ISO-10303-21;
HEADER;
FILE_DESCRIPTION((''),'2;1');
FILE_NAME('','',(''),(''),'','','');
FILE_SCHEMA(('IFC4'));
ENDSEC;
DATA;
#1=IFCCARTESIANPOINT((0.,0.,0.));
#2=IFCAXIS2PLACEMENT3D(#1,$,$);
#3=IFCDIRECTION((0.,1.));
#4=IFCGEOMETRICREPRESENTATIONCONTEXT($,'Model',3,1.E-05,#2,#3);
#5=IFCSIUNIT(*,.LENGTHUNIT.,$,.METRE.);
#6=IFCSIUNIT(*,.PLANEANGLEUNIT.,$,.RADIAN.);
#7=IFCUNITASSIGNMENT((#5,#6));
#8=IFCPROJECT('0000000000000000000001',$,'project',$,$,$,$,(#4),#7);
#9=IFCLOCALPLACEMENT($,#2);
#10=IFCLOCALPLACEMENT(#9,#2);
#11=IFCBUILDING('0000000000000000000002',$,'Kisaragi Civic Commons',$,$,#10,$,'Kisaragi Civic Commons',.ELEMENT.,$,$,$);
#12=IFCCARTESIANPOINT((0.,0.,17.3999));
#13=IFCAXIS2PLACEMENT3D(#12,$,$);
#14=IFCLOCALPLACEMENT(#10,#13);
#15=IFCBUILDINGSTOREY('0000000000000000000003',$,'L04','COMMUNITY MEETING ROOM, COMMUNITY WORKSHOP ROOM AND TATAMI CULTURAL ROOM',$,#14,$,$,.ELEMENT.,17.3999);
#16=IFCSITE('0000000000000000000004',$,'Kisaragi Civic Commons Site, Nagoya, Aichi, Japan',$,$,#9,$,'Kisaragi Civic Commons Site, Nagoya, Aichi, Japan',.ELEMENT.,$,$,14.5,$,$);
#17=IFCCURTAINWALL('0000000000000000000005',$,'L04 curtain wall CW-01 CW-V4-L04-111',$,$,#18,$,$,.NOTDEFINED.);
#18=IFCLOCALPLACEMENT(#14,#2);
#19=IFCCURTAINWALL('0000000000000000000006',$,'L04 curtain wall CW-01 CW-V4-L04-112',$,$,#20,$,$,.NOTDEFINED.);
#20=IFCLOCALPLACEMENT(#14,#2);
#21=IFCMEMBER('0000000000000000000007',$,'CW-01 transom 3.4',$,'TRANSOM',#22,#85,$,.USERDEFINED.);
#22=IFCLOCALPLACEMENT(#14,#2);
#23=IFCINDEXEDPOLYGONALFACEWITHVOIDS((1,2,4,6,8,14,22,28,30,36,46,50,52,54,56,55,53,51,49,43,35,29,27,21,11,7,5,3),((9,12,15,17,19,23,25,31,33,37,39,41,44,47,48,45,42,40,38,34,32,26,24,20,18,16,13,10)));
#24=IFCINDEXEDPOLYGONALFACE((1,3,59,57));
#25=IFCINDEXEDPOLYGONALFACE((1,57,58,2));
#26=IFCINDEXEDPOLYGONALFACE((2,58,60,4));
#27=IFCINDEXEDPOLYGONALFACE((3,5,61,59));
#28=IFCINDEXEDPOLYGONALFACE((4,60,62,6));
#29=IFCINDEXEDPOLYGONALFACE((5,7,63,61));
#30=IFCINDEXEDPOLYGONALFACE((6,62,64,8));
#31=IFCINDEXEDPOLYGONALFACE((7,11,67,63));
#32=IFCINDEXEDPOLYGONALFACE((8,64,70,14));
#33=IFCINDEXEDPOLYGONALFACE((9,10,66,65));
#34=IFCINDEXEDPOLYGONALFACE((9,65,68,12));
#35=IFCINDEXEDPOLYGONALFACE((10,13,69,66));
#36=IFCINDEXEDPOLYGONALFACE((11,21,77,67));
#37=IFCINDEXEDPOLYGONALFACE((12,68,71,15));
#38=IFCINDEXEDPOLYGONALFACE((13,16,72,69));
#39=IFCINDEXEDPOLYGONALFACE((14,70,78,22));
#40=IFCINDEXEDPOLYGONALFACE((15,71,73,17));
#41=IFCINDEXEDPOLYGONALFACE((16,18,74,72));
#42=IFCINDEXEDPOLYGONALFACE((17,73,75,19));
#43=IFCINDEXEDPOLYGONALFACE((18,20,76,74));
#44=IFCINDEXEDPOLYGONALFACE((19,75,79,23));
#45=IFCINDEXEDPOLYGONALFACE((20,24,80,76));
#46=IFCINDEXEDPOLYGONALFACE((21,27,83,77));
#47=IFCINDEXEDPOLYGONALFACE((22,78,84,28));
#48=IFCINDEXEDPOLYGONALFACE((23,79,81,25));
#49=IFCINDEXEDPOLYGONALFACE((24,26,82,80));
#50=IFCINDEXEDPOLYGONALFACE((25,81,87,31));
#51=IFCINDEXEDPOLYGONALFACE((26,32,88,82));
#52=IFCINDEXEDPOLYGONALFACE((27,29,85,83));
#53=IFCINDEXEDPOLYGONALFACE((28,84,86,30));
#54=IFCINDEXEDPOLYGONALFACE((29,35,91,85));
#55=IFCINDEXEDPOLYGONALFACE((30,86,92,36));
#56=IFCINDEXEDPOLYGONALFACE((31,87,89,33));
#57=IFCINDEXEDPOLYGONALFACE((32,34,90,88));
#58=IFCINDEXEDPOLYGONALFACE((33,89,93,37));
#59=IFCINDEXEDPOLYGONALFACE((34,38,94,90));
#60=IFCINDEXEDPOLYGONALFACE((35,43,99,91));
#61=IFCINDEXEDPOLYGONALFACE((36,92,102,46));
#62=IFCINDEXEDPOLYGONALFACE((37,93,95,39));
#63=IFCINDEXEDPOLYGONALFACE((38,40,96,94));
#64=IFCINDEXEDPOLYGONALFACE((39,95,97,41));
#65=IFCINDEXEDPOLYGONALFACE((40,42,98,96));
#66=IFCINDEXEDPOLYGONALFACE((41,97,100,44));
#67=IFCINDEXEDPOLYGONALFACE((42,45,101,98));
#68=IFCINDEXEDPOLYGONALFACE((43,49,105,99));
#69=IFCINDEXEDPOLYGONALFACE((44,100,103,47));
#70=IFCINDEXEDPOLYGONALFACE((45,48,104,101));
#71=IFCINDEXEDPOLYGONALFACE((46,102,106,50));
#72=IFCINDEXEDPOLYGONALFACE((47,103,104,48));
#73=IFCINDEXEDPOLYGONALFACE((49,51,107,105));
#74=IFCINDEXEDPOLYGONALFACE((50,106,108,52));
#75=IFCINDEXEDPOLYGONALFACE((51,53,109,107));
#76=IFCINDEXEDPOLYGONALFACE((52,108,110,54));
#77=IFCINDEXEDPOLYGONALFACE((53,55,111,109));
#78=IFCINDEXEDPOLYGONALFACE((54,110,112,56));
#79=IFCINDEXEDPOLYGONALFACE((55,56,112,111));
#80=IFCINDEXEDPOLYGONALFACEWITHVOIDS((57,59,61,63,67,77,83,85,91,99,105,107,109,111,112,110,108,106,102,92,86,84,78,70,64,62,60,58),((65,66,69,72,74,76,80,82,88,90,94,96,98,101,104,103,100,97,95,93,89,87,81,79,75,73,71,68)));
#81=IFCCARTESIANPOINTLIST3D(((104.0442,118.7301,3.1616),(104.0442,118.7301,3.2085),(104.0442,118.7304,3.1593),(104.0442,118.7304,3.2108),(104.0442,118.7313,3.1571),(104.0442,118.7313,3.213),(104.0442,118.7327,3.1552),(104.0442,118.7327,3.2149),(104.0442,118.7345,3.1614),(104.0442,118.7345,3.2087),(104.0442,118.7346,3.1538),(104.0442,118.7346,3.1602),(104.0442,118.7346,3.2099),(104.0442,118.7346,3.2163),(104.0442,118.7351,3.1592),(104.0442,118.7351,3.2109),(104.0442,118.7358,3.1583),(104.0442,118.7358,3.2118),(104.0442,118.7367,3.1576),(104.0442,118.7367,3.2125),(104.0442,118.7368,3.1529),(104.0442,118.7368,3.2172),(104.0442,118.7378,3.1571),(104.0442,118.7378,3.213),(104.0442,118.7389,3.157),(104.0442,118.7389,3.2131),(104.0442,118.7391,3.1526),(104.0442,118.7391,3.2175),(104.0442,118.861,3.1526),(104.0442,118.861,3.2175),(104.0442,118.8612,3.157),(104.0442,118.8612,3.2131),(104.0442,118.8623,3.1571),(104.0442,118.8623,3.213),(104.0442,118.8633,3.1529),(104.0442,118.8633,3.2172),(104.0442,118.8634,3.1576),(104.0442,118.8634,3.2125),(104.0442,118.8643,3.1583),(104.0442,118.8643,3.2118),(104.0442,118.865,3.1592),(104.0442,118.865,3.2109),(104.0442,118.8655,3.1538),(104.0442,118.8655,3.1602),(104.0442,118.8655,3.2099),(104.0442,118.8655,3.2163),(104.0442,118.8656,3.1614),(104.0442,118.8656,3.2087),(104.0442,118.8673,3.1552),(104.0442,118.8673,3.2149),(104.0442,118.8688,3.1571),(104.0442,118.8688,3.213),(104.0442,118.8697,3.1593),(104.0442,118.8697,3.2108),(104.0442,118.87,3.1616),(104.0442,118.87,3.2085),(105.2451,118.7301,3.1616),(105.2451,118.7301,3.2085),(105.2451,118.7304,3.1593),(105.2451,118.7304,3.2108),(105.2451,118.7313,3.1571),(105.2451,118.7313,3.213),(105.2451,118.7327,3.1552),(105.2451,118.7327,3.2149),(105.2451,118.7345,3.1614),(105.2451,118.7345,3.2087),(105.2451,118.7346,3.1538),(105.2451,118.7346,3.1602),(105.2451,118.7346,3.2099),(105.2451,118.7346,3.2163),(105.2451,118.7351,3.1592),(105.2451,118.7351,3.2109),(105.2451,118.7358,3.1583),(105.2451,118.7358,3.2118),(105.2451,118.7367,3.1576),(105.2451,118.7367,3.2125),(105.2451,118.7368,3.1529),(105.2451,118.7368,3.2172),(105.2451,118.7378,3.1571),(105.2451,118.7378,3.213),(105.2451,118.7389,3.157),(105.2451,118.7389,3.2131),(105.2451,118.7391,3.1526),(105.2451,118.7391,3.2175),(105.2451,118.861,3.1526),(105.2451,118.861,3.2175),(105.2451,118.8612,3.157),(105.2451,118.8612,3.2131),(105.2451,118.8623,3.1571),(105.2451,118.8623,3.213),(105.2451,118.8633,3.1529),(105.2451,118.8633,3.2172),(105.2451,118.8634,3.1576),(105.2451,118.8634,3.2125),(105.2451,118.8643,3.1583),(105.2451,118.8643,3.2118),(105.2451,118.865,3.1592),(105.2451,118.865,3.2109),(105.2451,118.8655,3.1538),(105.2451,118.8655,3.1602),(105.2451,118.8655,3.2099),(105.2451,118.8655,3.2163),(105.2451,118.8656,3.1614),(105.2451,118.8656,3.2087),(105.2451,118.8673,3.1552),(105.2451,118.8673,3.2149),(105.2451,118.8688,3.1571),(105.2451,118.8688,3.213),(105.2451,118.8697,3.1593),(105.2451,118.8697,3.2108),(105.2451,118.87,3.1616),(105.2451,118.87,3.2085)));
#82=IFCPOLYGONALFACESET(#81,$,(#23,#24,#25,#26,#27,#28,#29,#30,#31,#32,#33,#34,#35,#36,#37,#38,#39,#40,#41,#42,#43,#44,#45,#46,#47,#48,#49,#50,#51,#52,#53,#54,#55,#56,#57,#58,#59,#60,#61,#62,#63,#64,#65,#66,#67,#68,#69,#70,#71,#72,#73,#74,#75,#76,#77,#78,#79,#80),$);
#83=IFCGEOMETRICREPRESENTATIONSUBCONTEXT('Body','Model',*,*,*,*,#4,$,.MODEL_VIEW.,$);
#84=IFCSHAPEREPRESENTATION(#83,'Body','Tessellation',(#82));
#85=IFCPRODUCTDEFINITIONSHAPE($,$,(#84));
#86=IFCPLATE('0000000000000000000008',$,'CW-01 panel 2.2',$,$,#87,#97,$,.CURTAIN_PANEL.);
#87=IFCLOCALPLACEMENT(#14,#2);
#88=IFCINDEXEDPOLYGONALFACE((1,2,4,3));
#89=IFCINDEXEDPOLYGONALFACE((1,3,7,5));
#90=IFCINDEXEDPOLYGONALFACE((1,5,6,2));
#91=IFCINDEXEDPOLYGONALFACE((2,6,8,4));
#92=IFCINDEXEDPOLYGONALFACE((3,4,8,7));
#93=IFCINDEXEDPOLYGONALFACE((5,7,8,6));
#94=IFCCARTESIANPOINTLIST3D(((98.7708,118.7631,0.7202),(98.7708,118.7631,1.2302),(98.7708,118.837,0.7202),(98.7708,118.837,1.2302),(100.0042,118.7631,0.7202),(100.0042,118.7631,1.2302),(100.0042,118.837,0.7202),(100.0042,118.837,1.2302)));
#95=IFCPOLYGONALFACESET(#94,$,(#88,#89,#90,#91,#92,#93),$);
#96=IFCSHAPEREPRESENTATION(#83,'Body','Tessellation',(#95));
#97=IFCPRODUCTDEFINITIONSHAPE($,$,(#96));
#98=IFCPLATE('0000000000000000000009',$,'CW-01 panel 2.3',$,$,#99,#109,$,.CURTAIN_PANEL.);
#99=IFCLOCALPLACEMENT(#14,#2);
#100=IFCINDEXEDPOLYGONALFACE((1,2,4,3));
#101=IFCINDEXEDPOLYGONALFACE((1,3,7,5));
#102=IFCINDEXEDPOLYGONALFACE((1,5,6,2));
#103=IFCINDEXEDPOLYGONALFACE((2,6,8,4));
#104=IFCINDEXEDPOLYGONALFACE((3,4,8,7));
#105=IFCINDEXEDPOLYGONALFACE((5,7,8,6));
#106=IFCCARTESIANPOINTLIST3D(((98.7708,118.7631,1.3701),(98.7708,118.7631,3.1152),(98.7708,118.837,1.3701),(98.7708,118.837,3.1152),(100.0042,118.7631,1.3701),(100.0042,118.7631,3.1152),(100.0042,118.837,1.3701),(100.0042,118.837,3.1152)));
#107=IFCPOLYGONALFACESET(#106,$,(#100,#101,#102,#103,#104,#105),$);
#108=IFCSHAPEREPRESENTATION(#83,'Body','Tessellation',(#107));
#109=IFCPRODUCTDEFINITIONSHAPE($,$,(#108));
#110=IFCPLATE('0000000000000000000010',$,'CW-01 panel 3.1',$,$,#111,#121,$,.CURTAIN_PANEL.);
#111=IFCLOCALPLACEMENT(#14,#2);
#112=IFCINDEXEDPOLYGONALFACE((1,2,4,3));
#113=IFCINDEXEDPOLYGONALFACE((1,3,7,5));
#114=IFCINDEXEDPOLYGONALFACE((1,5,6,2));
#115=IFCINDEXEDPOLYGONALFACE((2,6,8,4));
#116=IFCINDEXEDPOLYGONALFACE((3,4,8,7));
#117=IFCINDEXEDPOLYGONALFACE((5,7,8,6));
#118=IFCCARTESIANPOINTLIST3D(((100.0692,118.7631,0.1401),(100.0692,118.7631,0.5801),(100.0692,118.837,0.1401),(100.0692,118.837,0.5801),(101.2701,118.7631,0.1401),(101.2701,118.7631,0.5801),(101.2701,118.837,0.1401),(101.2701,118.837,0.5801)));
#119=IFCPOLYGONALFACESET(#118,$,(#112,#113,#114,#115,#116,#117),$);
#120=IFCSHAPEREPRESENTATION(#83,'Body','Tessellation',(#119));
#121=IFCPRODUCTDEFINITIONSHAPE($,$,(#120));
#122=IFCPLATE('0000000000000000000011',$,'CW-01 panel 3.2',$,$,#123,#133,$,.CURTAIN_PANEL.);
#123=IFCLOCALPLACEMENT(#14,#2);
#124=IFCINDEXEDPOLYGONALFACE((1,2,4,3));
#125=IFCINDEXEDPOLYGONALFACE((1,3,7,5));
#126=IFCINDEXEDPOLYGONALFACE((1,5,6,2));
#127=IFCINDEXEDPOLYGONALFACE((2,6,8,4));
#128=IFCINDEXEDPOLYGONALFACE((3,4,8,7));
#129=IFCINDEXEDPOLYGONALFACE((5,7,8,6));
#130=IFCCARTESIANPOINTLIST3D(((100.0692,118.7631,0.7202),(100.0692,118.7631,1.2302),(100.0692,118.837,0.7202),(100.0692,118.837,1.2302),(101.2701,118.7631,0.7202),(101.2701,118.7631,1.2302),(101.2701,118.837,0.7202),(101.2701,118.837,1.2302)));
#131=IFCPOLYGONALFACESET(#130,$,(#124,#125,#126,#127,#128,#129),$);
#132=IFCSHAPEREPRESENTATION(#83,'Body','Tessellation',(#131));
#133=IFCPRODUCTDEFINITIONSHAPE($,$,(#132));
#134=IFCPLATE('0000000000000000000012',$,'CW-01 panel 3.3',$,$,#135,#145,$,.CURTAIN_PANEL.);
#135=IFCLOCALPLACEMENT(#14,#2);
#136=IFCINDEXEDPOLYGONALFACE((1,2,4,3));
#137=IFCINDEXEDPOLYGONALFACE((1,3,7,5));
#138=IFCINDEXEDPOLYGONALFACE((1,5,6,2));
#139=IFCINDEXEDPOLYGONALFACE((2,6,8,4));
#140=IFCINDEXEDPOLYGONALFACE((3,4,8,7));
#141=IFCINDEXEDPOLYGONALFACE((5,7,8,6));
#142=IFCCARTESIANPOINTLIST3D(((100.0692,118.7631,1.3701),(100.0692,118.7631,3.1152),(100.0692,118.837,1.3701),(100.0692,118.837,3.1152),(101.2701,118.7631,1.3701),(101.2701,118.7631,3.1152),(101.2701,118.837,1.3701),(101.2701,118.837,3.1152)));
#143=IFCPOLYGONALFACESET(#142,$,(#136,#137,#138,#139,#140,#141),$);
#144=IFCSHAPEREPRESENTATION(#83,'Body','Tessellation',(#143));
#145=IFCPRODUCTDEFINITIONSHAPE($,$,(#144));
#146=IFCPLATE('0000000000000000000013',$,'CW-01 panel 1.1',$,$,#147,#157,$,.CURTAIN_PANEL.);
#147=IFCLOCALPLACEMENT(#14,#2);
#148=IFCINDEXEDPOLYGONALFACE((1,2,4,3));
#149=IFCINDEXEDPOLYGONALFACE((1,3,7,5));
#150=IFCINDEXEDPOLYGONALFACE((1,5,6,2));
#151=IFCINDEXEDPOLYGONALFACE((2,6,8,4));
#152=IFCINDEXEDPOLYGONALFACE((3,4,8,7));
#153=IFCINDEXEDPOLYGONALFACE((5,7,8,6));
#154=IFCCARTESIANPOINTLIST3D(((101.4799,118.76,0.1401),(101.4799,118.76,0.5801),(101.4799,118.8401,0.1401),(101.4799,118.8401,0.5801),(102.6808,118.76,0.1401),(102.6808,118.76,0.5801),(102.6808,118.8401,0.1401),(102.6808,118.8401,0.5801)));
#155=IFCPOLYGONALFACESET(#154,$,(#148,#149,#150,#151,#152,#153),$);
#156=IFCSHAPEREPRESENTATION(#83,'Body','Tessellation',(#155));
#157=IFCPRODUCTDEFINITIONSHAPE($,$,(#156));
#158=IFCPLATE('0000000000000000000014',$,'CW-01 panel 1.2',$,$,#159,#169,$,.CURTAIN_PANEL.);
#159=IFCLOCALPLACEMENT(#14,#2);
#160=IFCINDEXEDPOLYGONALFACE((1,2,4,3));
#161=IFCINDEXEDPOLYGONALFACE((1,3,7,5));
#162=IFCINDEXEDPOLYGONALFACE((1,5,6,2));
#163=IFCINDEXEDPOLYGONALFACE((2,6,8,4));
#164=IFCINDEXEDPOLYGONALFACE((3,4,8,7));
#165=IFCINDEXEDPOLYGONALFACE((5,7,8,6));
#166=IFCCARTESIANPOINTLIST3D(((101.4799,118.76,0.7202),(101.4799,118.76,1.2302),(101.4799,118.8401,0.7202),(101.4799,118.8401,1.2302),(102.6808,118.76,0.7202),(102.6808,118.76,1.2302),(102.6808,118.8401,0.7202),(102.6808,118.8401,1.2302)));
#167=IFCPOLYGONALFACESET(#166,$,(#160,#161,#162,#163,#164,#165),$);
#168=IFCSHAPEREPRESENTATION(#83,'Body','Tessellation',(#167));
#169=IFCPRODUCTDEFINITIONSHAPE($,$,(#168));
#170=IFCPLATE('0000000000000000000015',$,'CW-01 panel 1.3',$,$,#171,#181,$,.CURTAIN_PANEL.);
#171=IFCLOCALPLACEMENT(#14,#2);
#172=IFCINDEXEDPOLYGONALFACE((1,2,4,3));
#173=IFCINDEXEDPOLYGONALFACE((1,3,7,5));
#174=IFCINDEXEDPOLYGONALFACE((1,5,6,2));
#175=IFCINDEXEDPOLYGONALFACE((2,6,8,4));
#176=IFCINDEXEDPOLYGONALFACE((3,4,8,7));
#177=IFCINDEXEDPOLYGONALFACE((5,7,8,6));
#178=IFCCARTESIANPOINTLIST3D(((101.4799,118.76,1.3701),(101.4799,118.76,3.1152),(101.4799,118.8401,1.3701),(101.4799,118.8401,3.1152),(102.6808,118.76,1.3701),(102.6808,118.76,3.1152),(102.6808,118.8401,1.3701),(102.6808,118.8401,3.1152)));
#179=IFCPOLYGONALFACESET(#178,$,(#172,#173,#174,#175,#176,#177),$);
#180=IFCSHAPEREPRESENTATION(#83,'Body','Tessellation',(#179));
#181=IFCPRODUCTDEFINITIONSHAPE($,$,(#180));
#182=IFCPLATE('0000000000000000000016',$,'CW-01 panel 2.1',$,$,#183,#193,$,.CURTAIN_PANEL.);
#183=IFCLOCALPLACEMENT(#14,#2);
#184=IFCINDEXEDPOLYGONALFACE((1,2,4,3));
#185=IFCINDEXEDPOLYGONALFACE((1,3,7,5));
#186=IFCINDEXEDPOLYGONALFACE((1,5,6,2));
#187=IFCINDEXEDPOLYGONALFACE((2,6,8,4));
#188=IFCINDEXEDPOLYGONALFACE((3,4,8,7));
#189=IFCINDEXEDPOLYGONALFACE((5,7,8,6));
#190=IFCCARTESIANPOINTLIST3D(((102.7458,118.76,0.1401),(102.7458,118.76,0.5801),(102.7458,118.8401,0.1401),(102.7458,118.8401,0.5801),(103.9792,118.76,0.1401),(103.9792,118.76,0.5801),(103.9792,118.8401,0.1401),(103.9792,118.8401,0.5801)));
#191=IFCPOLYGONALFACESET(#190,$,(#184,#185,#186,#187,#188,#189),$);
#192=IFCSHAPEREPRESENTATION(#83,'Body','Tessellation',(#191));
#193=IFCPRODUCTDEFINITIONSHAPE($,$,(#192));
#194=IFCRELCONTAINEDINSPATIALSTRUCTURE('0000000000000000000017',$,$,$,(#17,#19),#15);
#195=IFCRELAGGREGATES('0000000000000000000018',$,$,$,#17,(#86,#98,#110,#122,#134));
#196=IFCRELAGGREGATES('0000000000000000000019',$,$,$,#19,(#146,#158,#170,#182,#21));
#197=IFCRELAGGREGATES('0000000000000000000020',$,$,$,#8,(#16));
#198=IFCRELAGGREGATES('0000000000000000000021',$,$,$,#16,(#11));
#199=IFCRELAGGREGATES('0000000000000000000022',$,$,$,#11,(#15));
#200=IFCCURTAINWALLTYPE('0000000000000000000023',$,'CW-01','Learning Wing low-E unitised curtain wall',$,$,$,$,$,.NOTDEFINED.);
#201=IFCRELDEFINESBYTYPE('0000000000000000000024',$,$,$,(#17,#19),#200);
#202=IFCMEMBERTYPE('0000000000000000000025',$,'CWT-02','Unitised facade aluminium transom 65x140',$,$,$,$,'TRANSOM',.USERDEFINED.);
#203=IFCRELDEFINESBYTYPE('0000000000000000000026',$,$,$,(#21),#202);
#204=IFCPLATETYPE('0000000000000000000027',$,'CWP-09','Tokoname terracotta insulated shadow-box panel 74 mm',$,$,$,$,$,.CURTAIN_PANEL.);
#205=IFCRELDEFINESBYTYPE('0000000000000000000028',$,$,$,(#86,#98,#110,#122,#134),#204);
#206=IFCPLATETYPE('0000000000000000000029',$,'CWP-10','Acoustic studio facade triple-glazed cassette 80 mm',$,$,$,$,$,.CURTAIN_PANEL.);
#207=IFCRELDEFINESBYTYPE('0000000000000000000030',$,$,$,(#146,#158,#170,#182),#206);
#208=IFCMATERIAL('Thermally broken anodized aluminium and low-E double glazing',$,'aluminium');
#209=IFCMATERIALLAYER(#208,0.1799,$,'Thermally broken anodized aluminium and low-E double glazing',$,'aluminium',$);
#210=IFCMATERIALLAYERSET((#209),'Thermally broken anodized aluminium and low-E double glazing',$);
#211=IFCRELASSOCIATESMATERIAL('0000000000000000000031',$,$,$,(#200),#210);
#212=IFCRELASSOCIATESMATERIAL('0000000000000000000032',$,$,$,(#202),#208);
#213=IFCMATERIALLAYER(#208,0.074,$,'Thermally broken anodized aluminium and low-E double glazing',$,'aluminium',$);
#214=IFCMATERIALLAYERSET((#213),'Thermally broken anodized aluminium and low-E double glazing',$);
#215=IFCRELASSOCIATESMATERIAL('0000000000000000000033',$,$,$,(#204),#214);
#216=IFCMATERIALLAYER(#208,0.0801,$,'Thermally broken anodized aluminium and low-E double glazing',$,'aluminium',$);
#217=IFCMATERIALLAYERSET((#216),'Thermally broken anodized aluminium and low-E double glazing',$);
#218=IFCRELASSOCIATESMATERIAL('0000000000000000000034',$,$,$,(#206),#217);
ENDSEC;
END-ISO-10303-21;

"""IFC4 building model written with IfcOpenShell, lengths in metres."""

from ifc_helpers import new_model, si_unit, direction, frame, origin, origin_2d, place, context, subcontext, project, spatial, rectangle, hollow_rectangle, extrude, material, layer, layer_set, material_profile, profile_set, type_object, element, aggregate, save


model = new_model("IFC4")

# Units and contexts
model_context = context("Model", 3, precision=1e-05, world=origin(), true_north=direction((0.0, 1.0)))
body_context = subcontext(model_context, "Body", "Model", "MODEL_VIEW")
ifc_project = project(units=[si_unit("LENGTHUNIT", "METRE"), si_unit("PLANEANGLEUNIT", "RADIAN")], contexts=[model_context])

# Site, building, storey
site_placement = place(None, origin())
site = spatial("IfcSite", under=ifc_project, at=site_placement, Name="Kisaragi Civic Commons Site, Nagoya, Aichi, Japan", LongName="Kisaragi Civic Commons Site, Nagoya, Aichi, Japan", CompositionType="ELEMENT", RefElevation=14.5)
building_placement = place(site_placement, origin())
building = spatial("IfcBuilding", under=site, at=building_placement, Name="Kisaragi Civic Commons", LongName="Kisaragi Civic Commons", CompositionType="ELEMENT")
storey_placement = place(building_placement, frame((0.0, 0.0, 17.3999)))
storey = spatial("IfcBuildingStorey", under=building, at=storey_placement, Name="L04", Description="COMMUNITY MEETING ROOM, COMMUNITY WORKSHOP ROOM AND TATAMI CULTURAL ROOM", CompositionType="ELEMENT", Elevation=17.3999)

# Curtain walls
ifc_material_1 = material(Name="Thermally broken anodized aluminium and low-E double glazing", Category="aluminium")
ifc_layer_1 = layer(ifc_material_1, 0.1799, Name="Thermally broken anodized aluminium and low-E double glazing", Category="aluminium")
ifc_layer_set_1 = layer_set([ifc_layer_1], Name="Thermally broken anodized aluminium and low-E double glazing")
curtain_wall_type = type_object("IfcCurtainWallType", Name="CW-01", Description="Learning Wing low-E unitised curtain wall", PredefinedType="NOTDEFINED", material=ifc_layer_set_1)
curtain_wall_1_placement = place(storey_placement, origin())
curtain_wall_1 = element("IfcCurtainWall", 1, at=curtain_wall_1_placement, inside=storey, type_object=curtain_wall_type, Name="L04 curtain wall CW-01 CW-V4-L04-111", PredefinedType="NOTDEFINED")
curtain_wall_2_placement = place(storey_placement, origin())
curtain_wall_2 = element("IfcCurtainWall", 2, at=curtain_wall_2_placement, inside=storey, type_object=curtain_wall_type, Name="L04 curtain wall CW-01 CW-V4-L04-112", PredefinedType="NOTDEFINED")

# Member
ifc_material_profile_1 = material_profile(ifc_material_1, hollow_rectangle(XDim=0.1399, YDim=0.0649, WallThickness=0.0044, InnerFilletRadius=0.0044, OuterFilletRadius=0.009, at=origin_2d()), Name="CWT-65x140x4.5", Category="aluminium")
ifc_profile_set_1 = profile_set([ifc_material_profile_1], Name="Thermally broken anodized aluminium and low-E double glazing")
member_type_1 = type_object("IfcMemberType", Name="CWT-02", Description="Unitised facade aluminium transom 65x140", ElementType="TRANSOM", PredefinedType="USERDEFINED", material=ifc_profile_set_1)
member_1_placement = place(storey_placement, frame((104.0442, 118.8, 3.1851), z_axis=(1.0, 0.0, 0.0), x_axis=(0.0, 1.0, 0.0)))
member_1 = element("IfcMember", 3, at=member_1_placement, type_object=member_type_1, Name="CW-01 transom 3.4", ObjectType="TRANSOM", PredefinedType="USERDEFINED", context=body_context, shape_type="SweptSolid", body=[
    extrude(hollow_rectangle(XDim=0.1399, YDim=0.0649, WallThickness=0.0044, InnerFilletRadius=0.0044, OuterFilletRadius=0.009, at=origin_2d()), origin(), (0.0, 0.0, 1.0), 1.2009),
])

# Plates
ifc_layer_2 = layer(ifc_material_1, 0.074, Name="Thermally broken anodized aluminium and low-E double glazing", Category="aluminium")
ifc_layer_set_2 = layer_set([ifc_layer_2], Name="Thermally broken anodized aluminium and low-E double glazing")
plate_type_1 = type_object("IfcPlateType", Name="CWP-09", Description="Tokoname terracotta insulated shadow-box panel 74 mm", PredefinedType="CURTAIN_PANEL", material=ifc_layer_set_2)
plate_1_placement = place(storey_placement, frame((99.3875, 118.8, 0.7202), z_axis=(0.0, 0.0, 1.0), x_axis=(1.0, 0.0, 0.0)))
plate_1 = element("IfcPlate", 4, at=plate_1_placement, type_object=plate_type_1, Name="CW-01 panel 2.2", PredefinedType="CURTAIN_PANEL", context=body_context, shape_type="SweptSolid", body=[
    extrude(rectangle(XDim=1.2334, YDim=0.074, at=origin_2d()), origin(), (0.0, 0.0, 1.0), 0.51),
])
plate_2_placement = place(storey_placement, frame((99.3875, 118.8, 1.3701), z_axis=(0.0, 0.0, 1.0), x_axis=(1.0, 0.0, 0.0)))
plate_2 = element("IfcPlate", 5, at=plate_2_placement, type_object=plate_type_1, Name="CW-01 panel 2.3", PredefinedType="CURTAIN_PANEL", context=body_context, shape_type="SweptSolid", body=[
    extrude(rectangle(XDim=1.2334, YDim=0.074, at=origin_2d()), origin(), (0.0, 0.0, 1.0), 1.7451),
])
plate_3_placement = place(storey_placement, frame((100.6697, 118.8, 0.1401), z_axis=(0.0, 0.0, 1.0), x_axis=(1.0, 0.0, 0.0)))
plate_3 = element("IfcPlate", 6, at=plate_3_placement, type_object=plate_type_1, Name="CW-01 panel 3.1", PredefinedType="CURTAIN_PANEL", context=body_context, shape_type="SweptSolid", body=[
    extrude(rectangle(XDim=1.2009, YDim=0.074, at=origin_2d()), origin(), (0.0, 0.0, 1.0), 0.4399),
])
plate_4_placement = place(storey_placement, frame((100.6697, 118.8, 0.7202), z_axis=(0.0, 0.0, 1.0), x_axis=(1.0, 0.0, 0.0)))
plate_4 = element("IfcPlate", 7, at=plate_4_placement, type_object=plate_type_1, Name="CW-01 panel 3.2", PredefinedType="CURTAIN_PANEL", context=body_context, shape_type="SweptSolid", body=[
    extrude(rectangle(XDim=1.2009, YDim=0.074, at=origin_2d()), origin(), (0.0, 0.0, 1.0), 0.51),
])
plate_5_placement = place(storey_placement, frame((100.6697, 118.8, 1.3701), z_axis=(0.0, 0.0, 1.0), x_axis=(1.0, 0.0, 0.0)))
plate_5 = element("IfcPlate", 8, at=plate_5_placement, type_object=plate_type_1, Name="CW-01 panel 3.3", PredefinedType="CURTAIN_PANEL", context=body_context, shape_type="SweptSolid", body=[
    extrude(rectangle(XDim=1.2009, YDim=0.074, at=origin_2d()), origin(), (0.0, 0.0, 1.0), 1.7451),
])
aggregate(curtain_wall_1, [plate_1, plate_2, plate_3, plate_4, plate_5])
ifc_layer_3 = layer(ifc_material_1, 0.0801, Name="Thermally broken anodized aluminium and low-E double glazing", Category="aluminium")
ifc_layer_set_3 = layer_set([ifc_layer_3], Name="Thermally broken anodized aluminium and low-E double glazing")
plate_type_2 = type_object("IfcPlateType", Name="CWP-10", Description="Acoustic studio facade triple-glazed cassette 80 mm", PredefinedType="CURTAIN_PANEL", material=ifc_layer_set_3)
plate_6_placement = place(storey_placement, frame((102.0803, 118.8, 0.1401), z_axis=(0.0, 0.0, 1.0), x_axis=(1.0, 0.0, 0.0)))
plate_6 = element("IfcPlate", 9, at=plate_6_placement, type_object=plate_type_2, Name="CW-01 panel 1.1", PredefinedType="CURTAIN_PANEL", context=body_context, shape_type="SweptSolid", body=[
    extrude(rectangle(XDim=1.2009, YDim=0.0801, at=origin_2d()), origin(), (0.0, 0.0, 1.0), 0.4399),
])
plate_7_placement = place(storey_placement, frame((102.0803, 118.8, 0.7202), z_axis=(0.0, 0.0, 1.0), x_axis=(1.0, 0.0, 0.0)))
plate_7 = element("IfcPlate", 10, at=plate_7_placement, type_object=plate_type_2, Name="CW-01 panel 1.2", PredefinedType="CURTAIN_PANEL", context=body_context, shape_type="SweptSolid", body=[
    extrude(rectangle(XDim=1.2009, YDim=0.0801, at=origin_2d()), origin(), (0.0, 0.0, 1.0), 0.51),
])
plate_8_placement = place(storey_placement, frame((102.0803, 118.8, 1.3701), z_axis=(0.0, 0.0, 1.0), x_axis=(1.0, 0.0, 0.0)))
plate_8 = element("IfcPlate", 11, at=plate_8_placement, type_object=plate_type_2, Name="CW-01 panel 1.3", PredefinedType="CURTAIN_PANEL", context=body_context, shape_type="SweptSolid", body=[
    extrude(rectangle(XDim=1.2009, YDim=0.0801, at=origin_2d()), origin(), (0.0, 0.0, 1.0), 1.7451),
])
plate_9_placement = place(storey_placement, frame((103.3625, 118.8, 0.1401), z_axis=(0.0, 0.0, 1.0), x_axis=(1.0, 0.0, 0.0)))
plate_9 = element("IfcPlate", 12, at=plate_9_placement, type_object=plate_type_2, Name="CW-01 panel 2.1", PredefinedType="CURTAIN_PANEL", context=body_context, shape_type="SweptSolid", body=[
    extrude(rectangle(XDim=1.2334, YDim=0.0801, at=origin_2d()), origin(), (0.0, 0.0, 1.0), 0.4399),
])
aggregate(curtain_wall_2, [plate_6, plate_7, plate_8, plate_9, member_1])

save(model, "model.ifc")
